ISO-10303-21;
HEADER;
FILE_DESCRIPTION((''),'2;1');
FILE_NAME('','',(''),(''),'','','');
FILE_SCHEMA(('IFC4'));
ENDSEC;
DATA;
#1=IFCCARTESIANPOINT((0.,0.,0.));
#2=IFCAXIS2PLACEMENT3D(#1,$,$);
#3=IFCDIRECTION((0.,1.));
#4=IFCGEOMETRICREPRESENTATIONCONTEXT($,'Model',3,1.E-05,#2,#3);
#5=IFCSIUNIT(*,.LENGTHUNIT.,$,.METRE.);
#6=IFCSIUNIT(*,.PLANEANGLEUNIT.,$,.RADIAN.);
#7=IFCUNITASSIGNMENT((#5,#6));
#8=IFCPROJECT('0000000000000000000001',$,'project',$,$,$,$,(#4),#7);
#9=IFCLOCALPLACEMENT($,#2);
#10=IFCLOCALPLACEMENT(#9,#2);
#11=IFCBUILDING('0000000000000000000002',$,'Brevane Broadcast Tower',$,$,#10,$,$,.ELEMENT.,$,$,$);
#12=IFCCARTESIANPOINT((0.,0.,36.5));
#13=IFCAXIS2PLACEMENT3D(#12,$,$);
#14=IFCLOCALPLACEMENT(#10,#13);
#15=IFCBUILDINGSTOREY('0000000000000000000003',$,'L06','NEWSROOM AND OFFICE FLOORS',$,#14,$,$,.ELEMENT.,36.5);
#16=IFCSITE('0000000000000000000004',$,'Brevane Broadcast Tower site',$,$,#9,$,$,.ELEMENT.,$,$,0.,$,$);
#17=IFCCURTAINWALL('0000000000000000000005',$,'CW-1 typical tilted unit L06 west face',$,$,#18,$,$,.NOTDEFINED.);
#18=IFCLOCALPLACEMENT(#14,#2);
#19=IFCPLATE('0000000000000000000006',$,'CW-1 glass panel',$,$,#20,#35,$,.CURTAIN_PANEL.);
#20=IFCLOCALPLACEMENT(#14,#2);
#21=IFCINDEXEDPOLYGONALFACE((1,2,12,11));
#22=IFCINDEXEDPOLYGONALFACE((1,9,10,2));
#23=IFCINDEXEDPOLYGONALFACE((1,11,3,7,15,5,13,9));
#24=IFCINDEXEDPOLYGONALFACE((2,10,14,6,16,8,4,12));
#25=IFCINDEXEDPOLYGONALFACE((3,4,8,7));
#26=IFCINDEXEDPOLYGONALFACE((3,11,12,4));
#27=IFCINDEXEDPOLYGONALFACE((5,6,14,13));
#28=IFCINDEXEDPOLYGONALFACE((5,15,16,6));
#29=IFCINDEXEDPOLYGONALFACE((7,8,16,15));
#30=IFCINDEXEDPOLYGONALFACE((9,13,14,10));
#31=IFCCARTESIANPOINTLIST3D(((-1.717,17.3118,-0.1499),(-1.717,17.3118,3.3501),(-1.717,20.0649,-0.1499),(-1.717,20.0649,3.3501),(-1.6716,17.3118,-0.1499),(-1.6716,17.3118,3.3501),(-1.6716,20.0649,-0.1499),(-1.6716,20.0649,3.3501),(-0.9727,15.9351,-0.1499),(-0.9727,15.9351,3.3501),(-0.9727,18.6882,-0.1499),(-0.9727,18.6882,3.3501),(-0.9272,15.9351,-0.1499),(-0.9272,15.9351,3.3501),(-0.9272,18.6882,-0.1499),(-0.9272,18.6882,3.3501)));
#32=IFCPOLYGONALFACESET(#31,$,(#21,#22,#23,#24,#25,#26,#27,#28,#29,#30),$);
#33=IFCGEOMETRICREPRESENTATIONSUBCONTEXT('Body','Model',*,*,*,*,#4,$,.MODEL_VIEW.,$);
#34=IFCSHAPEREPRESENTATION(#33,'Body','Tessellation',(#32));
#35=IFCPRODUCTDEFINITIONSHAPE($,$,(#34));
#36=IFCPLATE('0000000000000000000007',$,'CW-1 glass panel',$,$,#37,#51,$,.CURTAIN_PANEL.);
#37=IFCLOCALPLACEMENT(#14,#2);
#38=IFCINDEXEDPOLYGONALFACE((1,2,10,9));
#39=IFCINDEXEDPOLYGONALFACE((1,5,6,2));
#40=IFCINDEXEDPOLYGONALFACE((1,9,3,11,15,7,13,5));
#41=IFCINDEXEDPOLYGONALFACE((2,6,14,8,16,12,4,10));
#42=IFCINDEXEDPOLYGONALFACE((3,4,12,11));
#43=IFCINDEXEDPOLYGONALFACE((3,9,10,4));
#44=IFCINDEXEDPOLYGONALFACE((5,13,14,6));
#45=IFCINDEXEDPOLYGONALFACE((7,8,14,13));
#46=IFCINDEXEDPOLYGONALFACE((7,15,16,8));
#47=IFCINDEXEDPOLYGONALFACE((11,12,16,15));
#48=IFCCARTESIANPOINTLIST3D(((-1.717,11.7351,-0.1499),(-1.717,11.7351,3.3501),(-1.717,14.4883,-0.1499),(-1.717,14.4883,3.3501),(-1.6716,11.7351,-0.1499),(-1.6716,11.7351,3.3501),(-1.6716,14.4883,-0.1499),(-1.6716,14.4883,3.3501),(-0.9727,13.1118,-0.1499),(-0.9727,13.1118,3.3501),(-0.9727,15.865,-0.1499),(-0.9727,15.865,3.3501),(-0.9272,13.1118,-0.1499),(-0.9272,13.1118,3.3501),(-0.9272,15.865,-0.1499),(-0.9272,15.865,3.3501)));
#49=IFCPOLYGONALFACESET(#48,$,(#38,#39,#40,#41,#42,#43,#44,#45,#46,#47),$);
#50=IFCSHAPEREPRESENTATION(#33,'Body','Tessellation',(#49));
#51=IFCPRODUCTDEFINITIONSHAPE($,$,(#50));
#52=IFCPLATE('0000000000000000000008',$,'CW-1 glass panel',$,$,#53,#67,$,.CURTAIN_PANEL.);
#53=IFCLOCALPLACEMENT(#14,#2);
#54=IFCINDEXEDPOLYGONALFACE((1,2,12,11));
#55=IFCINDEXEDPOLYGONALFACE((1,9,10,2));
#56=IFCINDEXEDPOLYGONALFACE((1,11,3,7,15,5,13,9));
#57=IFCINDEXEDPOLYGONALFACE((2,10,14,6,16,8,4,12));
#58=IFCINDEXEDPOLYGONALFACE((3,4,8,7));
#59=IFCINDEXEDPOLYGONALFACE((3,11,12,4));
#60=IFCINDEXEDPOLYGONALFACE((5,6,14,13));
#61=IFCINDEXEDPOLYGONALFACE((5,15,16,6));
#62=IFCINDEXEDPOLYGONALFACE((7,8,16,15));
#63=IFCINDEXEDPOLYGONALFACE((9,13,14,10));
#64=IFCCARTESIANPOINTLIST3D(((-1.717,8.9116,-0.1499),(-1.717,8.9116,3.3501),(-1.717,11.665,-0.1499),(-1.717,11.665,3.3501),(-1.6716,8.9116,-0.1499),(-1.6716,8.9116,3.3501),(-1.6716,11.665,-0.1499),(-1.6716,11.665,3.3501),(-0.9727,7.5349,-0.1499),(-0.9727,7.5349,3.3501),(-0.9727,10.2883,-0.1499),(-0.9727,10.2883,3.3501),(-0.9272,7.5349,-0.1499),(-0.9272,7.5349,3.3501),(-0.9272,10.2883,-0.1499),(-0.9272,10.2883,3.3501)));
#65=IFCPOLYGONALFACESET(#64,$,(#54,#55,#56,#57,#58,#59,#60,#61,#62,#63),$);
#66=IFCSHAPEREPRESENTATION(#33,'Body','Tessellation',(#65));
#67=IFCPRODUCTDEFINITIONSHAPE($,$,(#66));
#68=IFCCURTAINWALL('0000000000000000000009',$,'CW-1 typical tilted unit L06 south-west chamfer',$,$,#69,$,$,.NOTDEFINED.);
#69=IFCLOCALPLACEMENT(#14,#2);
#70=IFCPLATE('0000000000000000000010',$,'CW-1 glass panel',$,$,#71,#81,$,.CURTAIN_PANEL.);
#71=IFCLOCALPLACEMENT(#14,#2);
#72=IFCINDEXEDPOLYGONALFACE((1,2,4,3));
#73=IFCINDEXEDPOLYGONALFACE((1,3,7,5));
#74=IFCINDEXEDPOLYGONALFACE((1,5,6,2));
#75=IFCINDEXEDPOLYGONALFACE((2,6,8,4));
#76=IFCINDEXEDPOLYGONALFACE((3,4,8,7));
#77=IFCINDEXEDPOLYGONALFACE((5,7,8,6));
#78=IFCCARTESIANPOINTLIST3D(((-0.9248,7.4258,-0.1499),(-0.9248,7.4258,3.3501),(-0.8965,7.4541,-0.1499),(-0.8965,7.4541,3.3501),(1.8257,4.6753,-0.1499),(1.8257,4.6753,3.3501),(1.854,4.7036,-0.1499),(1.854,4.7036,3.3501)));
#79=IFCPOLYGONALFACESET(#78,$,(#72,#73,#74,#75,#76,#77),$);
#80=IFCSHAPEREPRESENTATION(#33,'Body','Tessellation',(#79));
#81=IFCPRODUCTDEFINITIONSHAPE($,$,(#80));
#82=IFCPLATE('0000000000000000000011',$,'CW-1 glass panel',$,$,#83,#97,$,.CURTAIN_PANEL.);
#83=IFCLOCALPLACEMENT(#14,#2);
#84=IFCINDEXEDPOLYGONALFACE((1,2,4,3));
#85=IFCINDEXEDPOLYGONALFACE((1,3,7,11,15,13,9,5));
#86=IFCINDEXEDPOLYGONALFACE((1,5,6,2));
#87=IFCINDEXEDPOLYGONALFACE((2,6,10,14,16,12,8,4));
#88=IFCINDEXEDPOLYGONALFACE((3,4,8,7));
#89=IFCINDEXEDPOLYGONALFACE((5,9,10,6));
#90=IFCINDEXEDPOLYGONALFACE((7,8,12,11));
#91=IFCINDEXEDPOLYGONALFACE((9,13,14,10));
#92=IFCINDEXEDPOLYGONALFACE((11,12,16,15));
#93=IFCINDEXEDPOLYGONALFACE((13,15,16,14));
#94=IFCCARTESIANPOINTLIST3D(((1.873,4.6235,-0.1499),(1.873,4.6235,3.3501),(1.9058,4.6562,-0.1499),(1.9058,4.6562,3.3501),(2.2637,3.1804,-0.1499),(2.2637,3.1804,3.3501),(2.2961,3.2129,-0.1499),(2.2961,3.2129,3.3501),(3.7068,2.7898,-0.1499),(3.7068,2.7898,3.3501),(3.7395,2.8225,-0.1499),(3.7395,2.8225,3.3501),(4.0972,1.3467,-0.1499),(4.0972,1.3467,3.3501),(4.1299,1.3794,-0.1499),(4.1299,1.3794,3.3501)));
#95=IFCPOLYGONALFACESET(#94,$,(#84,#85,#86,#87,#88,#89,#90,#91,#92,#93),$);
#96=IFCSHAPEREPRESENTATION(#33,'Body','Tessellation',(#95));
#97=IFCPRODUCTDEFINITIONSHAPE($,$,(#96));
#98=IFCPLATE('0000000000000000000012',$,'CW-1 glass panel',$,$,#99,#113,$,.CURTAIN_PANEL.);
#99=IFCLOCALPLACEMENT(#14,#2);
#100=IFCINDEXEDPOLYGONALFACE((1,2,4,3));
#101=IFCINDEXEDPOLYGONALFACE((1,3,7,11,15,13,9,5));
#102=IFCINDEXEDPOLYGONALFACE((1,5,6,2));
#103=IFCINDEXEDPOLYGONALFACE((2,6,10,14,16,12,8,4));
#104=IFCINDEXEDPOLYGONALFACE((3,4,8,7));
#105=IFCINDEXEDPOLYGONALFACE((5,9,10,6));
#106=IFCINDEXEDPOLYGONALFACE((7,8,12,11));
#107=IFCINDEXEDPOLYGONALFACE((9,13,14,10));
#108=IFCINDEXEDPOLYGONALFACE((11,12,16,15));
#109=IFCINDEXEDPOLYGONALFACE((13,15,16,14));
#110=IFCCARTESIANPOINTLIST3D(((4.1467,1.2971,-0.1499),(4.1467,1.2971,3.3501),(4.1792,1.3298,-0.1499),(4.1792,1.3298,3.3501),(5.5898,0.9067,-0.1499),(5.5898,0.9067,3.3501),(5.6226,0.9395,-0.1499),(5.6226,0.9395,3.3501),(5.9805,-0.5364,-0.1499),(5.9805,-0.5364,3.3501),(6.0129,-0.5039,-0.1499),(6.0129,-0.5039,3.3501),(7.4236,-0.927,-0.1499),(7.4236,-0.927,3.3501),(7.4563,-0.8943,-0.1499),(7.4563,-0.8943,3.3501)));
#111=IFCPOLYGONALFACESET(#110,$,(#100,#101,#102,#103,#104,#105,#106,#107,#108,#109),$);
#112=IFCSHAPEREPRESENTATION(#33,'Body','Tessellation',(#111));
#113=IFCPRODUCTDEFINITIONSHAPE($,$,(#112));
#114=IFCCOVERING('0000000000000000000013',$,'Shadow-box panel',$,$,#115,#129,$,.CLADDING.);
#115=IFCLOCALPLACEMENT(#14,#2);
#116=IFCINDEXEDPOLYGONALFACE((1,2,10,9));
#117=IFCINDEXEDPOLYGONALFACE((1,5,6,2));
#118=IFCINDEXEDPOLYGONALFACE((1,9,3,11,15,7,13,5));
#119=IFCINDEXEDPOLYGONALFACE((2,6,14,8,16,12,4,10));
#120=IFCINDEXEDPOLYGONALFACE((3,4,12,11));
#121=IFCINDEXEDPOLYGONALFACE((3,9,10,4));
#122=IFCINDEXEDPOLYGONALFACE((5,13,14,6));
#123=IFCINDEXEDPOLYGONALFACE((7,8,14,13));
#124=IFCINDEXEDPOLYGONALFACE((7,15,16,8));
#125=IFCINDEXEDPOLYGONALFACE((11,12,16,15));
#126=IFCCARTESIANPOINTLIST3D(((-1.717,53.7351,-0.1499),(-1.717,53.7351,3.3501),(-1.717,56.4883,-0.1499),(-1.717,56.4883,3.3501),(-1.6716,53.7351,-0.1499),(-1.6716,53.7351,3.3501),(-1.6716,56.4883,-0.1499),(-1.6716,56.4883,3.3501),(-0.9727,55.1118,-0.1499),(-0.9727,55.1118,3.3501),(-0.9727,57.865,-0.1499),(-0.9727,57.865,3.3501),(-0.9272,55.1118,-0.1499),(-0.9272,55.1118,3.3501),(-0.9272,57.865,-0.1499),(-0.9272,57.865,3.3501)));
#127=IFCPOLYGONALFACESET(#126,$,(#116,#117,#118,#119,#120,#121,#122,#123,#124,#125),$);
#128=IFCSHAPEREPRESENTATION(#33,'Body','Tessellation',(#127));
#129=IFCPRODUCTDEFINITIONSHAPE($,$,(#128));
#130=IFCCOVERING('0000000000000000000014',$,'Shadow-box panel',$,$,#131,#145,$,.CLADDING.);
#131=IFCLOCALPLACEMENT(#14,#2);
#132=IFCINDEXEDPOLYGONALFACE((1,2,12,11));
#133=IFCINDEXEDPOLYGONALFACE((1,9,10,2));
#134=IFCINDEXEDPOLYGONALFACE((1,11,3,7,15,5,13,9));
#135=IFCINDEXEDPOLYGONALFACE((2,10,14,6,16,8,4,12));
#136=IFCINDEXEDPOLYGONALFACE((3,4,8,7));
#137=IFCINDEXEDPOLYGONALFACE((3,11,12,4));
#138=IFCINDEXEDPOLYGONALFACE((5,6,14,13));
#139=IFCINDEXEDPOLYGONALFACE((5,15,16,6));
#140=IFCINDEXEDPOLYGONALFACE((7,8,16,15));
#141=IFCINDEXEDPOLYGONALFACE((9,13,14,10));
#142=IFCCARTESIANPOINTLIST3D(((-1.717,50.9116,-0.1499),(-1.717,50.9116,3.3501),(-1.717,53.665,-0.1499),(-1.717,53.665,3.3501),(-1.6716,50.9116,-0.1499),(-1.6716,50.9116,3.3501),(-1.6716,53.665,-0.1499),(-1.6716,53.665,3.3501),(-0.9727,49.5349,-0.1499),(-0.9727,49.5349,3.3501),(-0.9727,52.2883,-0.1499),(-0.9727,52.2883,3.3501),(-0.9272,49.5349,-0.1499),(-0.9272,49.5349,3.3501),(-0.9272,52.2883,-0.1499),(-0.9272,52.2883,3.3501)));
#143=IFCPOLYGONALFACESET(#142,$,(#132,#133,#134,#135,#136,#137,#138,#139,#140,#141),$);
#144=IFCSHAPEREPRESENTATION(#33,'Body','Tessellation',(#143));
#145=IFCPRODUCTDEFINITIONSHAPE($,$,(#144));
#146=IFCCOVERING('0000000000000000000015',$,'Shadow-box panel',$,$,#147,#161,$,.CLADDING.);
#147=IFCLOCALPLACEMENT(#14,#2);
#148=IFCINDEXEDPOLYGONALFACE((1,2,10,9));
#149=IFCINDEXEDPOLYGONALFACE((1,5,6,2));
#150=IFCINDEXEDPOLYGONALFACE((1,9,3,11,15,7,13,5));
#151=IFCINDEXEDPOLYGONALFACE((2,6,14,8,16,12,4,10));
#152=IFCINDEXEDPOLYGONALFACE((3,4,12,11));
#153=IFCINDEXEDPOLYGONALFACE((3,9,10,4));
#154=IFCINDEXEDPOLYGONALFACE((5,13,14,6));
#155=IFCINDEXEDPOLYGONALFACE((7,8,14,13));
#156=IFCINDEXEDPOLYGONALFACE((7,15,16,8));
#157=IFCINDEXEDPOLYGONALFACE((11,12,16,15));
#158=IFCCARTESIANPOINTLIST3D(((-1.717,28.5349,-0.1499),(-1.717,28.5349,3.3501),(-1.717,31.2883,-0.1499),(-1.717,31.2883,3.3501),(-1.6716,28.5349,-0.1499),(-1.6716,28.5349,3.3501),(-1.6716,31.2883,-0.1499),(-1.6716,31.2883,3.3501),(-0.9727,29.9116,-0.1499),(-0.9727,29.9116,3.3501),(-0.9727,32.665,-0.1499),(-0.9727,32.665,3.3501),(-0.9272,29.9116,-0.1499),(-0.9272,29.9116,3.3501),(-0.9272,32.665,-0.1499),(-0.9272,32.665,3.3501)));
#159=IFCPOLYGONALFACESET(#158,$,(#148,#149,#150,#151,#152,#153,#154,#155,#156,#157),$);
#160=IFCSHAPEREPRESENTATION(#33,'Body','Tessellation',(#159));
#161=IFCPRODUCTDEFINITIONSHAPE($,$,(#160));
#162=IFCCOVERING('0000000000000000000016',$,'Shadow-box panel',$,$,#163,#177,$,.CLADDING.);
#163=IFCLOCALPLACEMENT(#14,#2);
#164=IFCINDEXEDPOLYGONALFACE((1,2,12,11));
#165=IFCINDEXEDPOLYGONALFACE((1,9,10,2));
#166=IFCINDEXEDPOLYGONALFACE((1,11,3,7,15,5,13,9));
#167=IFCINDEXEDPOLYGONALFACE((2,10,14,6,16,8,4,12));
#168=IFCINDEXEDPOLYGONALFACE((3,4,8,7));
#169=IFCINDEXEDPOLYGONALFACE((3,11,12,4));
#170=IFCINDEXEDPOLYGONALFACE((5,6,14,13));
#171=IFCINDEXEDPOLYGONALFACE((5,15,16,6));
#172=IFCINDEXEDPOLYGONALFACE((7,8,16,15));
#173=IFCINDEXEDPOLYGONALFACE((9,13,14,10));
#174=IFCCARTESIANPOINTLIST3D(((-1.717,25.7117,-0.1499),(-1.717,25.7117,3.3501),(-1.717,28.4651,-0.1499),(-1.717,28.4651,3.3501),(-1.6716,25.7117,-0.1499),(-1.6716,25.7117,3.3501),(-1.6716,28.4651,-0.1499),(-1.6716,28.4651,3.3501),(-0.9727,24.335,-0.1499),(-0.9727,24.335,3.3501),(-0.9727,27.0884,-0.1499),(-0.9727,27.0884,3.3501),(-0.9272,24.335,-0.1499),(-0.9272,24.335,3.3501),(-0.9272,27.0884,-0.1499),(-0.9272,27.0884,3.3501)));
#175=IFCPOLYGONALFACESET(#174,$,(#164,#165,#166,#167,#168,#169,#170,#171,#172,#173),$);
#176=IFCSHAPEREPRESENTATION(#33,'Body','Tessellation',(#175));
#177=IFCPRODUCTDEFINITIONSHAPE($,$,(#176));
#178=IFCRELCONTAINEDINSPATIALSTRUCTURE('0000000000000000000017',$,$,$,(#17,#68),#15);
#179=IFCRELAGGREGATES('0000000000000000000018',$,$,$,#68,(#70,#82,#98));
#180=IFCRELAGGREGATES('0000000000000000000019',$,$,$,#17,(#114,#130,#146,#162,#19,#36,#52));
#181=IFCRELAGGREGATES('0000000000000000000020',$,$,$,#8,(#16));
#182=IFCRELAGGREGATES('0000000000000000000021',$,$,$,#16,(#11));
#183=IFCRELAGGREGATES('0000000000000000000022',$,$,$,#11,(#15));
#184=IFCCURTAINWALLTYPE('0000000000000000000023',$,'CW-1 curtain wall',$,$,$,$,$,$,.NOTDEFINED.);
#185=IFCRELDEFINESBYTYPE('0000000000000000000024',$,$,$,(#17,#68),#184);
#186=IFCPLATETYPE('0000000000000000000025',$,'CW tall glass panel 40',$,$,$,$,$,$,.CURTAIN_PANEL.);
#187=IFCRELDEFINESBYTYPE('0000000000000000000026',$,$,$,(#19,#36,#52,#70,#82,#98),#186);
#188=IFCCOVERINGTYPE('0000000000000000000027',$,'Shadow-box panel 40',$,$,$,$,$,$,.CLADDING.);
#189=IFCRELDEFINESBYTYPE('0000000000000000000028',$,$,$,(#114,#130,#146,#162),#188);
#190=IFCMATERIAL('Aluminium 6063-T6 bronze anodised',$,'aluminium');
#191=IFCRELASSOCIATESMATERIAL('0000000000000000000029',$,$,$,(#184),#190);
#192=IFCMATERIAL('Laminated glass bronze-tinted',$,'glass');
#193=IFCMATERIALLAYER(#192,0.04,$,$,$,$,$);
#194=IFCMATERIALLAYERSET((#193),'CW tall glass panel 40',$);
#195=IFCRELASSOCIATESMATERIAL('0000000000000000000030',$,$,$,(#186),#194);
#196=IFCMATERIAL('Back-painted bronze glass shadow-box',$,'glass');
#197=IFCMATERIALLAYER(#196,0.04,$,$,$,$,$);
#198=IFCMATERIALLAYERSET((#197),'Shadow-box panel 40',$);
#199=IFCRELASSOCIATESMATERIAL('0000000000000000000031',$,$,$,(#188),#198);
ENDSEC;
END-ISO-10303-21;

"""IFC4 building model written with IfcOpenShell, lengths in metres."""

from ifc_helpers import new_model, si_unit, direction, frame, origin, place, context, subcontext, project, spatial, polyline, outline, extrude, material, layer, layer_set, type_object, element, aggregate, save


model = new_model("IFC4")

# Units and contexts
model_context = context("Model", 3, precision=1e-05, world=origin(), true_north=direction((0.0, 1.0)))
body_context = subcontext(model_context, "Body", "Model", "MODEL_VIEW")
ifc_project = project(units=[si_unit("LENGTHUNIT", "METRE"), si_unit("PLANEANGLEUNIT", "RADIAN")], contexts=[model_context])

# Site, building, storey
site_placement = place(None, origin())
site = spatial("IfcSite", under=ifc_project, at=site_placement, Name="Brevane Broadcast Tower site", CompositionType="ELEMENT", RefElevation=0.0)
building_placement = place(site_placement, origin())
building = spatial("IfcBuilding", under=site, at=building_placement, Name="Brevane Broadcast Tower", CompositionType="ELEMENT")
storey_placement = place(building_placement, frame((0.0, 0.0, 36.5)))
storey = spatial("IfcBuildingStorey", under=building, at=storey_placement, Name="L06", Description="NEWSROOM AND OFFICE FLOORS", CompositionType="ELEMENT", Elevation=36.5)

# Curtain walls, plates
ifc_material_1 = material(Name="Aluminium 6063-T6 bronze anodised", Category="aluminium")
curtain_wall_type = type_object("IfcCurtainWallType", Name="CW-1 curtain wall", PredefinedType="NOTDEFINED", material=ifc_material_1)
ifc_material_2 = material(Name="Laminated glass bronze-tinted", Category="glass")
ifc_layer_1 = layer(ifc_material_2, 0.04)
ifc_layer_set_1 = layer_set([ifc_layer_1], Name="CW tall glass panel 40")
plate_type = type_object("IfcPlateType", Name="CW tall glass panel 40", PredefinedType="CURTAIN_PANEL", material=ifc_layer_set_1)
curtain_wall_1_placement = place(storey_placement, origin())
curtain_wall_1 = element("IfcCurtainWall", 1, at=curtain_wall_1_placement, inside=storey, type_object=curtain_wall_type, Name="CW-1 typical tilted unit L06 west face", PredefinedType="NOTDEFINED")
plate_1_placement = place(storey_placement, frame((0.0, 0.0, -0.1499)))
plate_1 = element("IfcPlate", 2, at=plate_1_placement, type_object=plate_type, Name="CW-1 glass panel", PredefinedType="CURTAIN_PANEL", context=body_context, shape_type="SweptSolid", body=[
    extrude(outline(polyline([(-1.6716, 20.0649), (-1.717, 20.0649), (-0.9727, 18.6882), (-1.717, 17.3118), (-0.9727, 15.9351), (-0.9272, 15.9351), (-1.6716, 17.3118), (-0.9272, 18.6882), (-1.6716, 20.0649)])), origin(), (0.0, 0.0, 1.0), 3.5),
])
plate_2_placement = place(storey_placement, frame((0.0, 0.0, -0.1499)))
plate_2 = element("IfcPlate", 3, at=plate_2_placement, type_object=plate_type, Name="CW-1 glass panel", PredefinedType="CURTAIN_PANEL", context=body_context, shape_type="SweptSolid", body=[
    extrude(outline(polyline([(-0.9272, 15.865), (-0.9727, 15.865), (-1.717, 14.4883), (-0.9727, 13.1118), (-1.717, 11.7351), (-1.6716, 11.7351), (-0.9272, 13.1118), (-1.6716, 14.4883), (-0.9272, 15.865)])), origin(), (0.0, 0.0, 1.0), 3.5),
])
plate_3_placement = place(storey_placement, frame((0.0, 0.0, -0.1499)))
plate_3 = element("IfcPlate", 4, at=plate_3_placement, type_object=plate_type, Name="CW-1 glass panel", PredefinedType="CURTAIN_PANEL", context=body_context, shape_type="SweptSolid", body=[
    extrude(outline(polyline([(-1.6716, 11.665), (-1.717, 11.665), (-0.9727, 10.2883), (-1.717, 8.9116), (-0.9727, 7.5349), (-0.9272, 7.5349), (-1.6716, 8.9116), (-0.9272, 10.2883), (-1.6716, 11.665)])), origin(), (0.0, 0.0, 1.0), 3.5),
])
curtain_wall_2_placement = place(storey_placement, origin())
curtain_wall_2 = element("IfcCurtainWall", 5, at=curtain_wall_2_placement, inside=storey, type_object=curtain_wall_type, Name="CW-1 typical tilted unit L06 south-west chamfer", PredefinedType="NOTDEFINED")
plate_4_placement = place(storey_placement, frame((0.0, 0.0, -0.1499)))
plate_4 = element("IfcPlate", 6, at=plate_4_placement, type_object=plate_type, Name="CW-1 glass panel", PredefinedType="CURTAIN_PANEL", context=body_context, shape_type="SweptSolid", body=[
    extrude(outline(polyline([(-0.8965, 7.4541), (1.854, 4.7036), (1.8257, 4.6753), (-0.9248, 7.4258), (-0.8965, 7.4541)])), origin(), (0.0, 0.0, 1.0), 3.5),
])
plate_5_placement = place(storey_placement, frame((0.0, 0.0, -0.1499)))
plate_5 = element("IfcPlate", 7, at=plate_5_placement, type_object=plate_type, Name="CW-1 glass panel", PredefinedType="CURTAIN_PANEL", context=body_context, shape_type="SweptSolid", body=[
    extrude(outline(polyline([(1.9058, 4.6562), (1.873, 4.6235), (2.2637, 3.1804), (3.7068, 2.7898), (4.0972, 1.3467), (4.1299, 1.3794), (3.7395, 2.8225), (2.2961, 3.2129), (1.9058, 4.6562)])), origin(), (0.0, 0.0, 1.0), 3.5),
])
plate_6_placement = place(storey_placement, frame((0.0, 0.0, -0.1499)))
plate_6 = element("IfcPlate", 8, at=plate_6_placement, type_object=plate_type, Name="CW-1 glass panel", PredefinedType="CURTAIN_PANEL", context=body_context, shape_type="SweptSolid", body=[
    extrude(outline(polyline([(4.1792, 1.3298), (4.1467, 1.2971), (5.5898, 0.9067), (5.9805, -0.5364), (7.4236, -0.927), (7.4563, -0.8943), (6.0129, -0.5039), (5.6226, 0.9395), (4.1792, 1.3298)])), origin(), (0.0, 0.0, 1.0), 3.5),
])
aggregate(curtain_wall_2, [plate_4, plate_5, plate_6])

# Coverings
ifc_material_3 = material(Name="Back-painted bronze glass shadow-box", Category="glass")
ifc_layer_2 = layer(ifc_material_3, 0.04)
ifc_layer_set_2 = layer_set([ifc_layer_2], Name="Shadow-box panel 40")
covering_type = type_object("IfcCoveringType", Name="Shadow-box panel 40", PredefinedType="CLADDING", material=ifc_layer_set_2)
covering_1_placement = place(storey_placement, frame((0.0, 0.0, -0.1499)))
covering_1 = element("IfcCovering", 9, at=covering_1_placement, type_object=covering_type, Name="Shadow-box panel", PredefinedType="CLADDING", context=body_context, shape_type="SweptSolid", body=[
    extrude(outline(polyline([(-0.9272, 57.865), (-0.9727, 57.865), (-1.717, 56.4883), (-0.9727, 55.1118), (-1.717, 53.7351), (-1.6716, 53.7351), (-0.9272, 55.1118), (-1.6716, 56.4883), (-0.9272, 57.865)])), origin(), (0.0, 0.0, 1.0), 3.5),
])
covering_2_placement = place(storey_placement, frame((0.0, 0.0, -0.1499)))
covering_2 = element("IfcCovering", 10, at=covering_2_placement, type_object=covering_type, Name="Shadow-box panel", PredefinedType="CLADDING", context=body_context, shape_type="SweptSolid", body=[
    extrude(outline(polyline([(-1.6716, 53.665), (-1.717, 53.665), (-0.9727, 52.2883), (-1.717, 50.9116), (-0.9727, 49.5349), (-0.9272, 49.5349), (-1.6716, 50.9116), (-0.9272, 52.2883), (-1.6716, 53.665)])), origin(), (0.0, 0.0, 1.0), 3.5),
])
covering_3_placement = place(storey_placement, frame((0.0, 0.0, -0.1499)))
covering_3 = element("IfcCovering", 11, at=covering_3_placement, type_object=covering_type, Name="Shadow-box panel", PredefinedType="CLADDING", context=body_context, shape_type="SweptSolid", body=[
    extrude(outline(polyline([(-0.9272, 32.665), (-0.9727, 32.665), (-1.717, 31.2883), (-0.9727, 29.9116), (-1.717, 28.5349), (-1.6716, 28.5349), (-0.9272, 29.9116), (-1.6716, 31.2883), (-0.9272, 32.665)])), origin(), (0.0, 0.0, 1.0), 3.5),
])
covering_4_placement = place(storey_placement, frame((0.0, 0.0, -0.1499)))
covering_4 = element("IfcCovering", 12, at=covering_4_placement, type_object=covering_type, Name="Shadow-box panel", PredefinedType="CLADDING", context=body_context, shape_type="SweptSolid", body=[
    extrude(outline(polyline([(-1.6716, 28.4651), (-1.717, 28.4651), (-0.9727, 27.0884), (-1.717, 25.7117), (-0.9727, 24.335), (-0.9272, 24.335), (-1.6716, 25.7117), (-0.9272, 27.0884), (-1.6716, 28.4651)])), origin(), (0.0, 0.0, 1.0), 3.5),
])
aggregate(curtain_wall_1, [covering_1, covering_2, covering_3, covering_4, plate_1, plate_2, plate_3])

save(model, "model.ifc")
